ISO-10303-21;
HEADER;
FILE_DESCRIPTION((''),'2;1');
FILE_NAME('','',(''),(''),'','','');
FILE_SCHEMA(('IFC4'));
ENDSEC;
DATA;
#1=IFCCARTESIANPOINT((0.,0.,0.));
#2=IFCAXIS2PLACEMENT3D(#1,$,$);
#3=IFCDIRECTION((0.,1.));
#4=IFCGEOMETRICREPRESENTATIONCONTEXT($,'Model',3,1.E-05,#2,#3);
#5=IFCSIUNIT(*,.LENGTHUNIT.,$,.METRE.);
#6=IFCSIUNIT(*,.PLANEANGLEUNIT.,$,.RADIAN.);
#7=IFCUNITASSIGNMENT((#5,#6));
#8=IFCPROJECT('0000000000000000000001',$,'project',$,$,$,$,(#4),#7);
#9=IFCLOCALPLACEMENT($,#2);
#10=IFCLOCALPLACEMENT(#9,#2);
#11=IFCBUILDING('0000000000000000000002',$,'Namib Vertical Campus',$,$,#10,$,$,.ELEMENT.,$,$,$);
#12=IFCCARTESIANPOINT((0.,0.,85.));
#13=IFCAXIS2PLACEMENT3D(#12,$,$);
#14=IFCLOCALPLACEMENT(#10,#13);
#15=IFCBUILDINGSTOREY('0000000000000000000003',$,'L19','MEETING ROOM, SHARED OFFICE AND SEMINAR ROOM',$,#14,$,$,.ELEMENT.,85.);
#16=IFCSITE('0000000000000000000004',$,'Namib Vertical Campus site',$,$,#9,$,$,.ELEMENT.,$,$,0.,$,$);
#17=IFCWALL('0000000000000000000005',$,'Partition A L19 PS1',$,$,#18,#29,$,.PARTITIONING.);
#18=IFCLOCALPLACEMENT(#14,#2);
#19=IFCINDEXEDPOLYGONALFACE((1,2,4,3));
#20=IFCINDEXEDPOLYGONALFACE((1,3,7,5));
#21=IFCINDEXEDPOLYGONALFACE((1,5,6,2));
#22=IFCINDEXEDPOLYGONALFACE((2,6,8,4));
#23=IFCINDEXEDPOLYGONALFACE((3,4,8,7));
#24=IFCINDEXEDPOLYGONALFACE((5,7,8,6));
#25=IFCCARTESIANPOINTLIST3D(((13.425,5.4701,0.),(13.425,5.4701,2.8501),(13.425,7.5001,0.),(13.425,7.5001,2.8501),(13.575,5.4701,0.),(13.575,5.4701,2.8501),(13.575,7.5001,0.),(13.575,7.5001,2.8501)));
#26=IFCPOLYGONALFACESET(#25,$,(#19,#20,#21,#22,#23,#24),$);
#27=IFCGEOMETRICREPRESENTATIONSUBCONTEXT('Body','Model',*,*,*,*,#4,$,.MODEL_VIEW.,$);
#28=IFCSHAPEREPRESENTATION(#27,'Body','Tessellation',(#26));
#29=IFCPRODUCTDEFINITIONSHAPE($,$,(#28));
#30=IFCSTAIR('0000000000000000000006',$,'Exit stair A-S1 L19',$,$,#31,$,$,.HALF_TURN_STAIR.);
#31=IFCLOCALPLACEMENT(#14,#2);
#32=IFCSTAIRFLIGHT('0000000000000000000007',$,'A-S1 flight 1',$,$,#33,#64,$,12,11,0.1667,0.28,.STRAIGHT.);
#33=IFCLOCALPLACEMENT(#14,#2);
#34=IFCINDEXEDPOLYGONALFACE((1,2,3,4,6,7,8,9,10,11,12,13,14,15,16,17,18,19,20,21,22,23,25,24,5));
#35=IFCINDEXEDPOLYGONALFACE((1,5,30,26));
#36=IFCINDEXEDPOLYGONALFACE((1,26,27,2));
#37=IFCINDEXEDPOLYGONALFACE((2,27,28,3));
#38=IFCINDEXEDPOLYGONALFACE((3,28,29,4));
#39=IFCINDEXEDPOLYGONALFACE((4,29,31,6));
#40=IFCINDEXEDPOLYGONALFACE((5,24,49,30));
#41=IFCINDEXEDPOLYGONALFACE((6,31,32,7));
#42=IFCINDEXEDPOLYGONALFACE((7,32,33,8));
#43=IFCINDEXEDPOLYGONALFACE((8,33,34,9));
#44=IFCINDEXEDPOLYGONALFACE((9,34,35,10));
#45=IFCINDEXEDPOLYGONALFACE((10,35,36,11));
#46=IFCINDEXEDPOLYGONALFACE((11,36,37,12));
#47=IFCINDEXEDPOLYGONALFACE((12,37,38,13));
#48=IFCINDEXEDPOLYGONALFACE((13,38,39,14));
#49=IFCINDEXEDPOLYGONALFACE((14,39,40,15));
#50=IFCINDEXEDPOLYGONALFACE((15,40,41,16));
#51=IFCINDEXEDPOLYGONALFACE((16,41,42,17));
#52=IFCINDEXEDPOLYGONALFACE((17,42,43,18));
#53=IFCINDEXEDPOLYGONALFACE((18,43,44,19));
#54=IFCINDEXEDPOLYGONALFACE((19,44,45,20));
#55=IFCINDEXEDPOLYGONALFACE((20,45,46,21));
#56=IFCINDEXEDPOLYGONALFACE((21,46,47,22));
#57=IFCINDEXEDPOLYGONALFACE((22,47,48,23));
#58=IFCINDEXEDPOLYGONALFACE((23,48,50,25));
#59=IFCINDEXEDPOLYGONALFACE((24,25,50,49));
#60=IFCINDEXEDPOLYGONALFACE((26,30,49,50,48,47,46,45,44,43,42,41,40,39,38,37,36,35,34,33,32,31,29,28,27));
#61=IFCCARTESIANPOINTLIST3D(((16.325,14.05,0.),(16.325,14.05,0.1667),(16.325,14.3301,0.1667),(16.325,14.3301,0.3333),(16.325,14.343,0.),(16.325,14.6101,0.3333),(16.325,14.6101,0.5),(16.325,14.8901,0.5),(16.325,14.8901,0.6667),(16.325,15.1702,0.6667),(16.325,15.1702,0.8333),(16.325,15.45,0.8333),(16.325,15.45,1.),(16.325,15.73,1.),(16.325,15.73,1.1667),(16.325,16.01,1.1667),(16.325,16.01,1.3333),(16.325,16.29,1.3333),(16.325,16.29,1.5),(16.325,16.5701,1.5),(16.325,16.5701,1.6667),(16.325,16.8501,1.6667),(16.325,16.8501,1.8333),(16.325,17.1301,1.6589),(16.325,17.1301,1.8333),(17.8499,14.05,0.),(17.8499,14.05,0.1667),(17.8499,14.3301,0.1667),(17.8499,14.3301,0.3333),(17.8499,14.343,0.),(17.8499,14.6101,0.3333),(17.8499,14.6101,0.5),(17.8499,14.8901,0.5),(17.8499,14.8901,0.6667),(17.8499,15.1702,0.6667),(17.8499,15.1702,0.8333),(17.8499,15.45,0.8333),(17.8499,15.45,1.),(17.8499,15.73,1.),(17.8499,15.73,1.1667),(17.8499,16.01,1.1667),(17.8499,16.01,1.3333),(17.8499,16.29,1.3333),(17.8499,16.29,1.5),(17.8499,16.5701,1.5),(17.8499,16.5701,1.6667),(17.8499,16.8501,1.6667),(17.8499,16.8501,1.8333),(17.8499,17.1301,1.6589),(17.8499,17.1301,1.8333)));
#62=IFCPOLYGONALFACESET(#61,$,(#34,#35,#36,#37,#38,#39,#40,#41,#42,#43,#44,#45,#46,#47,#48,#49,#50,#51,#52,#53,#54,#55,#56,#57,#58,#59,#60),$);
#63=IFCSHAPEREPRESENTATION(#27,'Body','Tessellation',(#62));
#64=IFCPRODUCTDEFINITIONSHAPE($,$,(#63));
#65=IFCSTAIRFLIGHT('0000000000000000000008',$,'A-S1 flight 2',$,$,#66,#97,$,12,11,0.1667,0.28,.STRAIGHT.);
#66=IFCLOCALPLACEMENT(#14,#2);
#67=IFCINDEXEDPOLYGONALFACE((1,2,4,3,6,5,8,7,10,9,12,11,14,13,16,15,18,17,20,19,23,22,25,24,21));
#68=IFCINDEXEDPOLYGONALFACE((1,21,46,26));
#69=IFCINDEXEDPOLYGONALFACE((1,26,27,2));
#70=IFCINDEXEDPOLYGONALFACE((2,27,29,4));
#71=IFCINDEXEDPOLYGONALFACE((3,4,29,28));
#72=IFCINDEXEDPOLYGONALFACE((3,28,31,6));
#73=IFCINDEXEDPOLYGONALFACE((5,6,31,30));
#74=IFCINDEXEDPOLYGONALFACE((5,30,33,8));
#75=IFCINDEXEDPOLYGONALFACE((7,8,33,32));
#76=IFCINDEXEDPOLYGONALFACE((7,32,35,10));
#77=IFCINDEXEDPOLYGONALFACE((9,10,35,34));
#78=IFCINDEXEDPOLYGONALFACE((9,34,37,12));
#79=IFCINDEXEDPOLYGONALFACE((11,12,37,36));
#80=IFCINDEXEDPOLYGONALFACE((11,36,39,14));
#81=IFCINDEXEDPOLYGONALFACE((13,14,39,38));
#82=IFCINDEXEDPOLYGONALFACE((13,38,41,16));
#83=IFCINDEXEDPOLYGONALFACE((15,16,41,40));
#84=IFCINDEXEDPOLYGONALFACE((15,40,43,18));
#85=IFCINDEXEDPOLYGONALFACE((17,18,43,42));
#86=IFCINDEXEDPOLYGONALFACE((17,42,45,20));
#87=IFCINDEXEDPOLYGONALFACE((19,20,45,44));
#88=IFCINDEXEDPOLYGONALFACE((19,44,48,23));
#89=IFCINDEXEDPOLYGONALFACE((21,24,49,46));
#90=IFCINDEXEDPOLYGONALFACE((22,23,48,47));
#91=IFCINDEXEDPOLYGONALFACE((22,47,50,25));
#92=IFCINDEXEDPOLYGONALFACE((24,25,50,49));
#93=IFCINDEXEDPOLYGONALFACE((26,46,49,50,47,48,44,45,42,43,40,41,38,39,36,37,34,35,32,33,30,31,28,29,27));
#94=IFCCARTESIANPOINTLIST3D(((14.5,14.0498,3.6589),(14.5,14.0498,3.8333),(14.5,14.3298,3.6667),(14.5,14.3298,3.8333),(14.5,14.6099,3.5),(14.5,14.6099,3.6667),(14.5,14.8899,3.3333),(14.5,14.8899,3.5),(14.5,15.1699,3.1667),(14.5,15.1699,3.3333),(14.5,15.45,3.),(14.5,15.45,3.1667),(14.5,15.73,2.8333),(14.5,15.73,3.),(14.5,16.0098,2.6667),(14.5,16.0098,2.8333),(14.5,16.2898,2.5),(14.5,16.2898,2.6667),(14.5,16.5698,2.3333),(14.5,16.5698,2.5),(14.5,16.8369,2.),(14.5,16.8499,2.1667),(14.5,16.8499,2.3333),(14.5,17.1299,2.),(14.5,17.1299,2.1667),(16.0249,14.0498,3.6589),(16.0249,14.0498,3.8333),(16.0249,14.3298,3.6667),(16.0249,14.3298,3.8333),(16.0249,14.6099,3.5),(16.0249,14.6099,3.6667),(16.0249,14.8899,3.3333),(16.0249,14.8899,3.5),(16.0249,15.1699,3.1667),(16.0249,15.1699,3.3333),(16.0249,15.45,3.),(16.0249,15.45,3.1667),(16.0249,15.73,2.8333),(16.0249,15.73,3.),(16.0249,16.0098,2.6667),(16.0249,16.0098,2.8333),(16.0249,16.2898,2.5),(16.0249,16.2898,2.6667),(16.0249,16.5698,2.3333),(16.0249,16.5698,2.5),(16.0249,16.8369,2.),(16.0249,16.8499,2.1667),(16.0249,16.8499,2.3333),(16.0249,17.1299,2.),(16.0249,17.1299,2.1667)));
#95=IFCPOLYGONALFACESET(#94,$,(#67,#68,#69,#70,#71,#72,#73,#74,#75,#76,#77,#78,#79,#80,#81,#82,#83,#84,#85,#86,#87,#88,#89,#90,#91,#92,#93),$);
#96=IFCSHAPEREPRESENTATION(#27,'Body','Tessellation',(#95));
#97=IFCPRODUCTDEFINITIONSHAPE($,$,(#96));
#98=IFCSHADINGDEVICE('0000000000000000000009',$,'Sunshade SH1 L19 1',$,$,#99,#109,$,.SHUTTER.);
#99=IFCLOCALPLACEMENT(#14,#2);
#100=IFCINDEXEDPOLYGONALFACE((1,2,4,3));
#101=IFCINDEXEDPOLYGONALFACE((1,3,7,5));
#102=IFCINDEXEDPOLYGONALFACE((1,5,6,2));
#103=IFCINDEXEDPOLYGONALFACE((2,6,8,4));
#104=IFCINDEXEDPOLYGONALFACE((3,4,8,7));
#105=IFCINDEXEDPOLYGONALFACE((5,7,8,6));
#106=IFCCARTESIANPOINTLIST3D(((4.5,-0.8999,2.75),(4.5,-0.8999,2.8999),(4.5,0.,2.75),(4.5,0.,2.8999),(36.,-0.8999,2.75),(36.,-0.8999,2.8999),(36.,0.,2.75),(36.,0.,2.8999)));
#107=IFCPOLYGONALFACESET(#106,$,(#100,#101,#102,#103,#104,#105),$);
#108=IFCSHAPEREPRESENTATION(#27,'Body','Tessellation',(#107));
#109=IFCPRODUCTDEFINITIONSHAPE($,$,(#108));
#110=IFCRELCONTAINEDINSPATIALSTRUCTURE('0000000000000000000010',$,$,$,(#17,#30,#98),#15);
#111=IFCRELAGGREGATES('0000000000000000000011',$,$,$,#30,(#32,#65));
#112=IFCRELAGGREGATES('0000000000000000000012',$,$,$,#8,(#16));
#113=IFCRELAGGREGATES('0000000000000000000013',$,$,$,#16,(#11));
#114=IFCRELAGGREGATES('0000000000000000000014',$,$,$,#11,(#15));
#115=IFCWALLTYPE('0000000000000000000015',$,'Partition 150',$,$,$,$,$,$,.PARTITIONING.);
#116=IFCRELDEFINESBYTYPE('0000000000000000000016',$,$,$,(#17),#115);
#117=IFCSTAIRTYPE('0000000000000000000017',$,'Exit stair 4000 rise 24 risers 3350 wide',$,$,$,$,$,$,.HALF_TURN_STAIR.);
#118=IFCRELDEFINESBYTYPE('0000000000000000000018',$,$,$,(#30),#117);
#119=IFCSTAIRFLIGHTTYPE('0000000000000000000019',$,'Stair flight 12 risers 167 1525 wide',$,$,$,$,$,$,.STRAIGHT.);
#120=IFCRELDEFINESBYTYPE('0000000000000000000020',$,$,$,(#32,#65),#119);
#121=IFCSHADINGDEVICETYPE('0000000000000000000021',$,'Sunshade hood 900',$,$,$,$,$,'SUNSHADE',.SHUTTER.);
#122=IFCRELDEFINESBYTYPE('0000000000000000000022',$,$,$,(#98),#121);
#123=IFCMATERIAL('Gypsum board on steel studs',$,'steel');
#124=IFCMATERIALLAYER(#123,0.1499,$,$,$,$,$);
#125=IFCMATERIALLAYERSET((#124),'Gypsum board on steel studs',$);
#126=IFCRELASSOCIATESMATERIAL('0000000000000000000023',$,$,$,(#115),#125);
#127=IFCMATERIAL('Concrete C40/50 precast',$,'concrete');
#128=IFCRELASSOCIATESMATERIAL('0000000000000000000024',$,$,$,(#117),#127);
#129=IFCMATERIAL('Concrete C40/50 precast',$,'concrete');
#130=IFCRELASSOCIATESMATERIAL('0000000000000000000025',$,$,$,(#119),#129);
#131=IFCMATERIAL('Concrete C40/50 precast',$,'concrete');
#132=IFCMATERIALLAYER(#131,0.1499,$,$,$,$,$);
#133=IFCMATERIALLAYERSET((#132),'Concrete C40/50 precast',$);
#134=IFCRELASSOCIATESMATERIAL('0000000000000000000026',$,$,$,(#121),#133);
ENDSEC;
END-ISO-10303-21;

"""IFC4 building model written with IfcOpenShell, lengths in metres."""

from ifc_helpers import new_model, si_unit, direction, frame, frame_2d, origin, origin_2d, place, context, subcontext, project, spatial, polyline, rectangle, outline, extrude, material, layer, layer_set, type_object, element, aggregate, save


model = new_model("IFC4")

# Units and contexts
model_context = context("Model", 3, precision=1e-05, world=origin(), true_north=direction((0.0, 1.0)))
body_context = subcontext(model_context, "Body", "Model", "MODEL_VIEW")
ifc_project = project(units=[si_unit("LENGTHUNIT", "METRE"), si_unit("PLANEANGLEUNIT", "RADIAN")], contexts=[model_context])

# Site, building, storey
site_placement = place(None, origin())
site = spatial("IfcSite", under=ifc_project, at=site_placement, Name="Namib Vertical Campus site", CompositionType="ELEMENT", RefElevation=0.0)
building_placement = place(site_placement, origin())
building = spatial("IfcBuilding", under=site, at=building_placement, Name="Namib Vertical Campus", CompositionType="ELEMENT")
storey_placement = place(building_placement, frame((0.0, 0.0, 85.0)))
storey = spatial("IfcBuildingStorey", under=building, at=storey_placement, Name="L19", Description="MEETING ROOM, SHARED OFFICE AND SEMINAR ROOM", CompositionType="ELEMENT", Elevation=85.0)

# Wall
ifc_material_1 = material(Name="Gypsum board on steel studs", Category="steel")
ifc_layer_1 = layer(ifc_material_1, 0.1499)
ifc_layer_set_1 = layer_set([ifc_layer_1], Name="Gypsum board on steel studs")
wall_type_1 = type_object("IfcWallType", Name="Partition 150", PredefinedType="PARTITIONING", material=ifc_layer_set_1)
wall_1_placement = place(storey_placement, frame((13.5, 5.47, 0.0), z_axis=(0.0, 0.0, 1.0), x_axis=(0.0, 1.0, 0.0)))
element("IfcWall", 1, at=wall_1_placement, inside=storey, type_object=wall_type_1, Name="Partition A L19 PS1", PredefinedType="PARTITIONING", context=body_context, shape_type="SweptSolid", body=[
    extrude(rectangle(XDim=2.03, YDim=0.1499, at=frame_2d((1.0151, 0.0))), origin(), (0.0, 0.0, 1.0), 2.8501),
])

# Stair, stair flights
ifc_material_2 = material(Name="Concrete C40/50 precast", Category="concrete")
stair_type = type_object("IfcStairType", Name="Exit stair 4000 rise 24 risers 3350 wide", PredefinedType="HALF_TURN_STAIR", material=ifc_material_2)
stair_placement = place(storey_placement, origin())
stair = element("IfcStair", 2, at=stair_placement, inside=storey, type_object=stair_type, Name="Exit stair A-S1 L19", PredefinedType="HALF_TURN_STAIR")
ifc_material_3 = material(Name="Concrete C40/50 precast", Category="concrete")
stair_flight_type = type_object("IfcStairFlightType", Name="Stair flight 12 risers 167 1525 wide", PredefinedType="STRAIGHT", material=ifc_material_3)
stair_flight_1_placement = place(storey_placement, frame((17.0874, 14.05, 0.0), z_axis=(0.0, 0.0, 1.0), x_axis=(0.0, 1.0, 0.0)))
stair_flight_1 = element("IfcStairFlight", 3, at=stair_flight_1_placement, type_object=stair_flight_type, Name="A-S1 flight 1", NumberOfRisers=12, NumberOfTreads=11, PredefinedType="STRAIGHT", RiserHeight=0.1667, TreadLength=0.28, context=body_context, shape_type="SweptSolid", body=[
    extrude(outline(polyline([(0.0, 0.0), (0.0, 0.1667), (0.28, 0.1667), (0.28, 0.3333), (0.5601, 0.3333), (0.5601, 0.5), (0.8401, 0.5), (0.8401, 0.6667), (1.1201, 0.6667), (1.1201, 0.8333), (1.3999, 0.8333), (1.3999, 1.0), (1.6799, 1.0), (1.6799, 1.1667), (1.96, 1.1667), (1.96, 1.3333), (2.24, 1.3333), (2.24, 1.5), (2.52, 1.5), (2.52, 1.6667), (2.8, 1.6667), (2.8, 1.8333), (3.0801, 1.8333), (3.0801, 2.0), (3.0801, 1.6589), (0.293, 0.0), (0.0, 0.0)])), frame((0.0, 0.7625, 0.0), z_axis=(0.0, -1.0, 0.0), x_axis=(1.0, 0.0, 0.0)), (0.0, 0.0, 1.0), 1.5249),
])
stair_flight_2_placement = place(storey_placement, frame((15.2625, 17.1299, 2.0), z_axis=(0.0, 0.0, 1.0), x_axis=(0.0, -1.0, 0.0)))
stair_flight_2 = element("IfcStairFlight", 4, at=stair_flight_2_placement, type_object=stair_flight_type, Name="A-S1 flight 2", NumberOfRisers=12, NumberOfTreads=11, PredefinedType="STRAIGHT", RiserHeight=0.1667, TreadLength=0.28, context=body_context, shape_type="SweptSolid", body=[
    extrude(outline(polyline([(0.0, 0.0), (0.0, 0.1667), (0.28, 0.1667), (0.28, 0.3333), (0.5601, 0.3333), (0.5601, 0.5), (0.8401, 0.5), (0.8401, 0.6667), (1.1201, 0.6667), (1.1201, 0.8333), (1.3999, 0.8333), (1.3999, 1.0), (1.6799, 1.0), (1.6799, 1.1667), (1.96, 1.1667), (1.96, 1.3333), (2.24, 1.3333), (2.24, 1.5), (2.52, 1.5), (2.52, 1.6667), (2.8, 1.6667), (2.8, 1.8333), (3.0801, 1.8333), (3.0801, 2.0), (3.0801, 1.6589), (0.293, 0.0), (0.0, 0.0)])), frame((0.0, 0.7625, 0.0), z_axis=(0.0, -1.0, 0.0), x_axis=(1.0, 0.0, 0.0)), (0.0, 0.0, 1.0), 1.5249),
])
aggregate(stair, [stair_flight_1, stair_flight_2])

# Shading device
ifc_material_4 = material(Name="Concrete C40/50 precast", Category="concrete")
ifc_layer_2 = layer(ifc_material_4, 0.1499)
ifc_layer_set_2 = layer_set([ifc_layer_2], Name="Concrete C40/50 precast")
shading_device_type = type_object("IfcShadingDeviceType", Name="Sunshade hood 900", ElementType="SUNSHADE", PredefinedType="SHUTTER", material=ifc_layer_set_2)
shading_device_placement = place(storey_placement, frame((20.25, -0.45, 2.75), z_axis=(0.0, 0.0, 1.0), x_axis=(1.0, 0.0, 0.0)))
element("IfcShadingDevice", 5, at=shading_device_placement, inside=storey, type_object=shading_device_type, Name="Sunshade SH1 L19 1", PredefinedType="SHUTTER", context=body_context, shape_type="SweptSolid", body=[
    extrude(rectangle(XDim=31.5, YDim=0.8999, at=origin_2d()), origin(), (0.0, 0.0, 1.0), 0.1499),
])

save(model, "model.ifc")
